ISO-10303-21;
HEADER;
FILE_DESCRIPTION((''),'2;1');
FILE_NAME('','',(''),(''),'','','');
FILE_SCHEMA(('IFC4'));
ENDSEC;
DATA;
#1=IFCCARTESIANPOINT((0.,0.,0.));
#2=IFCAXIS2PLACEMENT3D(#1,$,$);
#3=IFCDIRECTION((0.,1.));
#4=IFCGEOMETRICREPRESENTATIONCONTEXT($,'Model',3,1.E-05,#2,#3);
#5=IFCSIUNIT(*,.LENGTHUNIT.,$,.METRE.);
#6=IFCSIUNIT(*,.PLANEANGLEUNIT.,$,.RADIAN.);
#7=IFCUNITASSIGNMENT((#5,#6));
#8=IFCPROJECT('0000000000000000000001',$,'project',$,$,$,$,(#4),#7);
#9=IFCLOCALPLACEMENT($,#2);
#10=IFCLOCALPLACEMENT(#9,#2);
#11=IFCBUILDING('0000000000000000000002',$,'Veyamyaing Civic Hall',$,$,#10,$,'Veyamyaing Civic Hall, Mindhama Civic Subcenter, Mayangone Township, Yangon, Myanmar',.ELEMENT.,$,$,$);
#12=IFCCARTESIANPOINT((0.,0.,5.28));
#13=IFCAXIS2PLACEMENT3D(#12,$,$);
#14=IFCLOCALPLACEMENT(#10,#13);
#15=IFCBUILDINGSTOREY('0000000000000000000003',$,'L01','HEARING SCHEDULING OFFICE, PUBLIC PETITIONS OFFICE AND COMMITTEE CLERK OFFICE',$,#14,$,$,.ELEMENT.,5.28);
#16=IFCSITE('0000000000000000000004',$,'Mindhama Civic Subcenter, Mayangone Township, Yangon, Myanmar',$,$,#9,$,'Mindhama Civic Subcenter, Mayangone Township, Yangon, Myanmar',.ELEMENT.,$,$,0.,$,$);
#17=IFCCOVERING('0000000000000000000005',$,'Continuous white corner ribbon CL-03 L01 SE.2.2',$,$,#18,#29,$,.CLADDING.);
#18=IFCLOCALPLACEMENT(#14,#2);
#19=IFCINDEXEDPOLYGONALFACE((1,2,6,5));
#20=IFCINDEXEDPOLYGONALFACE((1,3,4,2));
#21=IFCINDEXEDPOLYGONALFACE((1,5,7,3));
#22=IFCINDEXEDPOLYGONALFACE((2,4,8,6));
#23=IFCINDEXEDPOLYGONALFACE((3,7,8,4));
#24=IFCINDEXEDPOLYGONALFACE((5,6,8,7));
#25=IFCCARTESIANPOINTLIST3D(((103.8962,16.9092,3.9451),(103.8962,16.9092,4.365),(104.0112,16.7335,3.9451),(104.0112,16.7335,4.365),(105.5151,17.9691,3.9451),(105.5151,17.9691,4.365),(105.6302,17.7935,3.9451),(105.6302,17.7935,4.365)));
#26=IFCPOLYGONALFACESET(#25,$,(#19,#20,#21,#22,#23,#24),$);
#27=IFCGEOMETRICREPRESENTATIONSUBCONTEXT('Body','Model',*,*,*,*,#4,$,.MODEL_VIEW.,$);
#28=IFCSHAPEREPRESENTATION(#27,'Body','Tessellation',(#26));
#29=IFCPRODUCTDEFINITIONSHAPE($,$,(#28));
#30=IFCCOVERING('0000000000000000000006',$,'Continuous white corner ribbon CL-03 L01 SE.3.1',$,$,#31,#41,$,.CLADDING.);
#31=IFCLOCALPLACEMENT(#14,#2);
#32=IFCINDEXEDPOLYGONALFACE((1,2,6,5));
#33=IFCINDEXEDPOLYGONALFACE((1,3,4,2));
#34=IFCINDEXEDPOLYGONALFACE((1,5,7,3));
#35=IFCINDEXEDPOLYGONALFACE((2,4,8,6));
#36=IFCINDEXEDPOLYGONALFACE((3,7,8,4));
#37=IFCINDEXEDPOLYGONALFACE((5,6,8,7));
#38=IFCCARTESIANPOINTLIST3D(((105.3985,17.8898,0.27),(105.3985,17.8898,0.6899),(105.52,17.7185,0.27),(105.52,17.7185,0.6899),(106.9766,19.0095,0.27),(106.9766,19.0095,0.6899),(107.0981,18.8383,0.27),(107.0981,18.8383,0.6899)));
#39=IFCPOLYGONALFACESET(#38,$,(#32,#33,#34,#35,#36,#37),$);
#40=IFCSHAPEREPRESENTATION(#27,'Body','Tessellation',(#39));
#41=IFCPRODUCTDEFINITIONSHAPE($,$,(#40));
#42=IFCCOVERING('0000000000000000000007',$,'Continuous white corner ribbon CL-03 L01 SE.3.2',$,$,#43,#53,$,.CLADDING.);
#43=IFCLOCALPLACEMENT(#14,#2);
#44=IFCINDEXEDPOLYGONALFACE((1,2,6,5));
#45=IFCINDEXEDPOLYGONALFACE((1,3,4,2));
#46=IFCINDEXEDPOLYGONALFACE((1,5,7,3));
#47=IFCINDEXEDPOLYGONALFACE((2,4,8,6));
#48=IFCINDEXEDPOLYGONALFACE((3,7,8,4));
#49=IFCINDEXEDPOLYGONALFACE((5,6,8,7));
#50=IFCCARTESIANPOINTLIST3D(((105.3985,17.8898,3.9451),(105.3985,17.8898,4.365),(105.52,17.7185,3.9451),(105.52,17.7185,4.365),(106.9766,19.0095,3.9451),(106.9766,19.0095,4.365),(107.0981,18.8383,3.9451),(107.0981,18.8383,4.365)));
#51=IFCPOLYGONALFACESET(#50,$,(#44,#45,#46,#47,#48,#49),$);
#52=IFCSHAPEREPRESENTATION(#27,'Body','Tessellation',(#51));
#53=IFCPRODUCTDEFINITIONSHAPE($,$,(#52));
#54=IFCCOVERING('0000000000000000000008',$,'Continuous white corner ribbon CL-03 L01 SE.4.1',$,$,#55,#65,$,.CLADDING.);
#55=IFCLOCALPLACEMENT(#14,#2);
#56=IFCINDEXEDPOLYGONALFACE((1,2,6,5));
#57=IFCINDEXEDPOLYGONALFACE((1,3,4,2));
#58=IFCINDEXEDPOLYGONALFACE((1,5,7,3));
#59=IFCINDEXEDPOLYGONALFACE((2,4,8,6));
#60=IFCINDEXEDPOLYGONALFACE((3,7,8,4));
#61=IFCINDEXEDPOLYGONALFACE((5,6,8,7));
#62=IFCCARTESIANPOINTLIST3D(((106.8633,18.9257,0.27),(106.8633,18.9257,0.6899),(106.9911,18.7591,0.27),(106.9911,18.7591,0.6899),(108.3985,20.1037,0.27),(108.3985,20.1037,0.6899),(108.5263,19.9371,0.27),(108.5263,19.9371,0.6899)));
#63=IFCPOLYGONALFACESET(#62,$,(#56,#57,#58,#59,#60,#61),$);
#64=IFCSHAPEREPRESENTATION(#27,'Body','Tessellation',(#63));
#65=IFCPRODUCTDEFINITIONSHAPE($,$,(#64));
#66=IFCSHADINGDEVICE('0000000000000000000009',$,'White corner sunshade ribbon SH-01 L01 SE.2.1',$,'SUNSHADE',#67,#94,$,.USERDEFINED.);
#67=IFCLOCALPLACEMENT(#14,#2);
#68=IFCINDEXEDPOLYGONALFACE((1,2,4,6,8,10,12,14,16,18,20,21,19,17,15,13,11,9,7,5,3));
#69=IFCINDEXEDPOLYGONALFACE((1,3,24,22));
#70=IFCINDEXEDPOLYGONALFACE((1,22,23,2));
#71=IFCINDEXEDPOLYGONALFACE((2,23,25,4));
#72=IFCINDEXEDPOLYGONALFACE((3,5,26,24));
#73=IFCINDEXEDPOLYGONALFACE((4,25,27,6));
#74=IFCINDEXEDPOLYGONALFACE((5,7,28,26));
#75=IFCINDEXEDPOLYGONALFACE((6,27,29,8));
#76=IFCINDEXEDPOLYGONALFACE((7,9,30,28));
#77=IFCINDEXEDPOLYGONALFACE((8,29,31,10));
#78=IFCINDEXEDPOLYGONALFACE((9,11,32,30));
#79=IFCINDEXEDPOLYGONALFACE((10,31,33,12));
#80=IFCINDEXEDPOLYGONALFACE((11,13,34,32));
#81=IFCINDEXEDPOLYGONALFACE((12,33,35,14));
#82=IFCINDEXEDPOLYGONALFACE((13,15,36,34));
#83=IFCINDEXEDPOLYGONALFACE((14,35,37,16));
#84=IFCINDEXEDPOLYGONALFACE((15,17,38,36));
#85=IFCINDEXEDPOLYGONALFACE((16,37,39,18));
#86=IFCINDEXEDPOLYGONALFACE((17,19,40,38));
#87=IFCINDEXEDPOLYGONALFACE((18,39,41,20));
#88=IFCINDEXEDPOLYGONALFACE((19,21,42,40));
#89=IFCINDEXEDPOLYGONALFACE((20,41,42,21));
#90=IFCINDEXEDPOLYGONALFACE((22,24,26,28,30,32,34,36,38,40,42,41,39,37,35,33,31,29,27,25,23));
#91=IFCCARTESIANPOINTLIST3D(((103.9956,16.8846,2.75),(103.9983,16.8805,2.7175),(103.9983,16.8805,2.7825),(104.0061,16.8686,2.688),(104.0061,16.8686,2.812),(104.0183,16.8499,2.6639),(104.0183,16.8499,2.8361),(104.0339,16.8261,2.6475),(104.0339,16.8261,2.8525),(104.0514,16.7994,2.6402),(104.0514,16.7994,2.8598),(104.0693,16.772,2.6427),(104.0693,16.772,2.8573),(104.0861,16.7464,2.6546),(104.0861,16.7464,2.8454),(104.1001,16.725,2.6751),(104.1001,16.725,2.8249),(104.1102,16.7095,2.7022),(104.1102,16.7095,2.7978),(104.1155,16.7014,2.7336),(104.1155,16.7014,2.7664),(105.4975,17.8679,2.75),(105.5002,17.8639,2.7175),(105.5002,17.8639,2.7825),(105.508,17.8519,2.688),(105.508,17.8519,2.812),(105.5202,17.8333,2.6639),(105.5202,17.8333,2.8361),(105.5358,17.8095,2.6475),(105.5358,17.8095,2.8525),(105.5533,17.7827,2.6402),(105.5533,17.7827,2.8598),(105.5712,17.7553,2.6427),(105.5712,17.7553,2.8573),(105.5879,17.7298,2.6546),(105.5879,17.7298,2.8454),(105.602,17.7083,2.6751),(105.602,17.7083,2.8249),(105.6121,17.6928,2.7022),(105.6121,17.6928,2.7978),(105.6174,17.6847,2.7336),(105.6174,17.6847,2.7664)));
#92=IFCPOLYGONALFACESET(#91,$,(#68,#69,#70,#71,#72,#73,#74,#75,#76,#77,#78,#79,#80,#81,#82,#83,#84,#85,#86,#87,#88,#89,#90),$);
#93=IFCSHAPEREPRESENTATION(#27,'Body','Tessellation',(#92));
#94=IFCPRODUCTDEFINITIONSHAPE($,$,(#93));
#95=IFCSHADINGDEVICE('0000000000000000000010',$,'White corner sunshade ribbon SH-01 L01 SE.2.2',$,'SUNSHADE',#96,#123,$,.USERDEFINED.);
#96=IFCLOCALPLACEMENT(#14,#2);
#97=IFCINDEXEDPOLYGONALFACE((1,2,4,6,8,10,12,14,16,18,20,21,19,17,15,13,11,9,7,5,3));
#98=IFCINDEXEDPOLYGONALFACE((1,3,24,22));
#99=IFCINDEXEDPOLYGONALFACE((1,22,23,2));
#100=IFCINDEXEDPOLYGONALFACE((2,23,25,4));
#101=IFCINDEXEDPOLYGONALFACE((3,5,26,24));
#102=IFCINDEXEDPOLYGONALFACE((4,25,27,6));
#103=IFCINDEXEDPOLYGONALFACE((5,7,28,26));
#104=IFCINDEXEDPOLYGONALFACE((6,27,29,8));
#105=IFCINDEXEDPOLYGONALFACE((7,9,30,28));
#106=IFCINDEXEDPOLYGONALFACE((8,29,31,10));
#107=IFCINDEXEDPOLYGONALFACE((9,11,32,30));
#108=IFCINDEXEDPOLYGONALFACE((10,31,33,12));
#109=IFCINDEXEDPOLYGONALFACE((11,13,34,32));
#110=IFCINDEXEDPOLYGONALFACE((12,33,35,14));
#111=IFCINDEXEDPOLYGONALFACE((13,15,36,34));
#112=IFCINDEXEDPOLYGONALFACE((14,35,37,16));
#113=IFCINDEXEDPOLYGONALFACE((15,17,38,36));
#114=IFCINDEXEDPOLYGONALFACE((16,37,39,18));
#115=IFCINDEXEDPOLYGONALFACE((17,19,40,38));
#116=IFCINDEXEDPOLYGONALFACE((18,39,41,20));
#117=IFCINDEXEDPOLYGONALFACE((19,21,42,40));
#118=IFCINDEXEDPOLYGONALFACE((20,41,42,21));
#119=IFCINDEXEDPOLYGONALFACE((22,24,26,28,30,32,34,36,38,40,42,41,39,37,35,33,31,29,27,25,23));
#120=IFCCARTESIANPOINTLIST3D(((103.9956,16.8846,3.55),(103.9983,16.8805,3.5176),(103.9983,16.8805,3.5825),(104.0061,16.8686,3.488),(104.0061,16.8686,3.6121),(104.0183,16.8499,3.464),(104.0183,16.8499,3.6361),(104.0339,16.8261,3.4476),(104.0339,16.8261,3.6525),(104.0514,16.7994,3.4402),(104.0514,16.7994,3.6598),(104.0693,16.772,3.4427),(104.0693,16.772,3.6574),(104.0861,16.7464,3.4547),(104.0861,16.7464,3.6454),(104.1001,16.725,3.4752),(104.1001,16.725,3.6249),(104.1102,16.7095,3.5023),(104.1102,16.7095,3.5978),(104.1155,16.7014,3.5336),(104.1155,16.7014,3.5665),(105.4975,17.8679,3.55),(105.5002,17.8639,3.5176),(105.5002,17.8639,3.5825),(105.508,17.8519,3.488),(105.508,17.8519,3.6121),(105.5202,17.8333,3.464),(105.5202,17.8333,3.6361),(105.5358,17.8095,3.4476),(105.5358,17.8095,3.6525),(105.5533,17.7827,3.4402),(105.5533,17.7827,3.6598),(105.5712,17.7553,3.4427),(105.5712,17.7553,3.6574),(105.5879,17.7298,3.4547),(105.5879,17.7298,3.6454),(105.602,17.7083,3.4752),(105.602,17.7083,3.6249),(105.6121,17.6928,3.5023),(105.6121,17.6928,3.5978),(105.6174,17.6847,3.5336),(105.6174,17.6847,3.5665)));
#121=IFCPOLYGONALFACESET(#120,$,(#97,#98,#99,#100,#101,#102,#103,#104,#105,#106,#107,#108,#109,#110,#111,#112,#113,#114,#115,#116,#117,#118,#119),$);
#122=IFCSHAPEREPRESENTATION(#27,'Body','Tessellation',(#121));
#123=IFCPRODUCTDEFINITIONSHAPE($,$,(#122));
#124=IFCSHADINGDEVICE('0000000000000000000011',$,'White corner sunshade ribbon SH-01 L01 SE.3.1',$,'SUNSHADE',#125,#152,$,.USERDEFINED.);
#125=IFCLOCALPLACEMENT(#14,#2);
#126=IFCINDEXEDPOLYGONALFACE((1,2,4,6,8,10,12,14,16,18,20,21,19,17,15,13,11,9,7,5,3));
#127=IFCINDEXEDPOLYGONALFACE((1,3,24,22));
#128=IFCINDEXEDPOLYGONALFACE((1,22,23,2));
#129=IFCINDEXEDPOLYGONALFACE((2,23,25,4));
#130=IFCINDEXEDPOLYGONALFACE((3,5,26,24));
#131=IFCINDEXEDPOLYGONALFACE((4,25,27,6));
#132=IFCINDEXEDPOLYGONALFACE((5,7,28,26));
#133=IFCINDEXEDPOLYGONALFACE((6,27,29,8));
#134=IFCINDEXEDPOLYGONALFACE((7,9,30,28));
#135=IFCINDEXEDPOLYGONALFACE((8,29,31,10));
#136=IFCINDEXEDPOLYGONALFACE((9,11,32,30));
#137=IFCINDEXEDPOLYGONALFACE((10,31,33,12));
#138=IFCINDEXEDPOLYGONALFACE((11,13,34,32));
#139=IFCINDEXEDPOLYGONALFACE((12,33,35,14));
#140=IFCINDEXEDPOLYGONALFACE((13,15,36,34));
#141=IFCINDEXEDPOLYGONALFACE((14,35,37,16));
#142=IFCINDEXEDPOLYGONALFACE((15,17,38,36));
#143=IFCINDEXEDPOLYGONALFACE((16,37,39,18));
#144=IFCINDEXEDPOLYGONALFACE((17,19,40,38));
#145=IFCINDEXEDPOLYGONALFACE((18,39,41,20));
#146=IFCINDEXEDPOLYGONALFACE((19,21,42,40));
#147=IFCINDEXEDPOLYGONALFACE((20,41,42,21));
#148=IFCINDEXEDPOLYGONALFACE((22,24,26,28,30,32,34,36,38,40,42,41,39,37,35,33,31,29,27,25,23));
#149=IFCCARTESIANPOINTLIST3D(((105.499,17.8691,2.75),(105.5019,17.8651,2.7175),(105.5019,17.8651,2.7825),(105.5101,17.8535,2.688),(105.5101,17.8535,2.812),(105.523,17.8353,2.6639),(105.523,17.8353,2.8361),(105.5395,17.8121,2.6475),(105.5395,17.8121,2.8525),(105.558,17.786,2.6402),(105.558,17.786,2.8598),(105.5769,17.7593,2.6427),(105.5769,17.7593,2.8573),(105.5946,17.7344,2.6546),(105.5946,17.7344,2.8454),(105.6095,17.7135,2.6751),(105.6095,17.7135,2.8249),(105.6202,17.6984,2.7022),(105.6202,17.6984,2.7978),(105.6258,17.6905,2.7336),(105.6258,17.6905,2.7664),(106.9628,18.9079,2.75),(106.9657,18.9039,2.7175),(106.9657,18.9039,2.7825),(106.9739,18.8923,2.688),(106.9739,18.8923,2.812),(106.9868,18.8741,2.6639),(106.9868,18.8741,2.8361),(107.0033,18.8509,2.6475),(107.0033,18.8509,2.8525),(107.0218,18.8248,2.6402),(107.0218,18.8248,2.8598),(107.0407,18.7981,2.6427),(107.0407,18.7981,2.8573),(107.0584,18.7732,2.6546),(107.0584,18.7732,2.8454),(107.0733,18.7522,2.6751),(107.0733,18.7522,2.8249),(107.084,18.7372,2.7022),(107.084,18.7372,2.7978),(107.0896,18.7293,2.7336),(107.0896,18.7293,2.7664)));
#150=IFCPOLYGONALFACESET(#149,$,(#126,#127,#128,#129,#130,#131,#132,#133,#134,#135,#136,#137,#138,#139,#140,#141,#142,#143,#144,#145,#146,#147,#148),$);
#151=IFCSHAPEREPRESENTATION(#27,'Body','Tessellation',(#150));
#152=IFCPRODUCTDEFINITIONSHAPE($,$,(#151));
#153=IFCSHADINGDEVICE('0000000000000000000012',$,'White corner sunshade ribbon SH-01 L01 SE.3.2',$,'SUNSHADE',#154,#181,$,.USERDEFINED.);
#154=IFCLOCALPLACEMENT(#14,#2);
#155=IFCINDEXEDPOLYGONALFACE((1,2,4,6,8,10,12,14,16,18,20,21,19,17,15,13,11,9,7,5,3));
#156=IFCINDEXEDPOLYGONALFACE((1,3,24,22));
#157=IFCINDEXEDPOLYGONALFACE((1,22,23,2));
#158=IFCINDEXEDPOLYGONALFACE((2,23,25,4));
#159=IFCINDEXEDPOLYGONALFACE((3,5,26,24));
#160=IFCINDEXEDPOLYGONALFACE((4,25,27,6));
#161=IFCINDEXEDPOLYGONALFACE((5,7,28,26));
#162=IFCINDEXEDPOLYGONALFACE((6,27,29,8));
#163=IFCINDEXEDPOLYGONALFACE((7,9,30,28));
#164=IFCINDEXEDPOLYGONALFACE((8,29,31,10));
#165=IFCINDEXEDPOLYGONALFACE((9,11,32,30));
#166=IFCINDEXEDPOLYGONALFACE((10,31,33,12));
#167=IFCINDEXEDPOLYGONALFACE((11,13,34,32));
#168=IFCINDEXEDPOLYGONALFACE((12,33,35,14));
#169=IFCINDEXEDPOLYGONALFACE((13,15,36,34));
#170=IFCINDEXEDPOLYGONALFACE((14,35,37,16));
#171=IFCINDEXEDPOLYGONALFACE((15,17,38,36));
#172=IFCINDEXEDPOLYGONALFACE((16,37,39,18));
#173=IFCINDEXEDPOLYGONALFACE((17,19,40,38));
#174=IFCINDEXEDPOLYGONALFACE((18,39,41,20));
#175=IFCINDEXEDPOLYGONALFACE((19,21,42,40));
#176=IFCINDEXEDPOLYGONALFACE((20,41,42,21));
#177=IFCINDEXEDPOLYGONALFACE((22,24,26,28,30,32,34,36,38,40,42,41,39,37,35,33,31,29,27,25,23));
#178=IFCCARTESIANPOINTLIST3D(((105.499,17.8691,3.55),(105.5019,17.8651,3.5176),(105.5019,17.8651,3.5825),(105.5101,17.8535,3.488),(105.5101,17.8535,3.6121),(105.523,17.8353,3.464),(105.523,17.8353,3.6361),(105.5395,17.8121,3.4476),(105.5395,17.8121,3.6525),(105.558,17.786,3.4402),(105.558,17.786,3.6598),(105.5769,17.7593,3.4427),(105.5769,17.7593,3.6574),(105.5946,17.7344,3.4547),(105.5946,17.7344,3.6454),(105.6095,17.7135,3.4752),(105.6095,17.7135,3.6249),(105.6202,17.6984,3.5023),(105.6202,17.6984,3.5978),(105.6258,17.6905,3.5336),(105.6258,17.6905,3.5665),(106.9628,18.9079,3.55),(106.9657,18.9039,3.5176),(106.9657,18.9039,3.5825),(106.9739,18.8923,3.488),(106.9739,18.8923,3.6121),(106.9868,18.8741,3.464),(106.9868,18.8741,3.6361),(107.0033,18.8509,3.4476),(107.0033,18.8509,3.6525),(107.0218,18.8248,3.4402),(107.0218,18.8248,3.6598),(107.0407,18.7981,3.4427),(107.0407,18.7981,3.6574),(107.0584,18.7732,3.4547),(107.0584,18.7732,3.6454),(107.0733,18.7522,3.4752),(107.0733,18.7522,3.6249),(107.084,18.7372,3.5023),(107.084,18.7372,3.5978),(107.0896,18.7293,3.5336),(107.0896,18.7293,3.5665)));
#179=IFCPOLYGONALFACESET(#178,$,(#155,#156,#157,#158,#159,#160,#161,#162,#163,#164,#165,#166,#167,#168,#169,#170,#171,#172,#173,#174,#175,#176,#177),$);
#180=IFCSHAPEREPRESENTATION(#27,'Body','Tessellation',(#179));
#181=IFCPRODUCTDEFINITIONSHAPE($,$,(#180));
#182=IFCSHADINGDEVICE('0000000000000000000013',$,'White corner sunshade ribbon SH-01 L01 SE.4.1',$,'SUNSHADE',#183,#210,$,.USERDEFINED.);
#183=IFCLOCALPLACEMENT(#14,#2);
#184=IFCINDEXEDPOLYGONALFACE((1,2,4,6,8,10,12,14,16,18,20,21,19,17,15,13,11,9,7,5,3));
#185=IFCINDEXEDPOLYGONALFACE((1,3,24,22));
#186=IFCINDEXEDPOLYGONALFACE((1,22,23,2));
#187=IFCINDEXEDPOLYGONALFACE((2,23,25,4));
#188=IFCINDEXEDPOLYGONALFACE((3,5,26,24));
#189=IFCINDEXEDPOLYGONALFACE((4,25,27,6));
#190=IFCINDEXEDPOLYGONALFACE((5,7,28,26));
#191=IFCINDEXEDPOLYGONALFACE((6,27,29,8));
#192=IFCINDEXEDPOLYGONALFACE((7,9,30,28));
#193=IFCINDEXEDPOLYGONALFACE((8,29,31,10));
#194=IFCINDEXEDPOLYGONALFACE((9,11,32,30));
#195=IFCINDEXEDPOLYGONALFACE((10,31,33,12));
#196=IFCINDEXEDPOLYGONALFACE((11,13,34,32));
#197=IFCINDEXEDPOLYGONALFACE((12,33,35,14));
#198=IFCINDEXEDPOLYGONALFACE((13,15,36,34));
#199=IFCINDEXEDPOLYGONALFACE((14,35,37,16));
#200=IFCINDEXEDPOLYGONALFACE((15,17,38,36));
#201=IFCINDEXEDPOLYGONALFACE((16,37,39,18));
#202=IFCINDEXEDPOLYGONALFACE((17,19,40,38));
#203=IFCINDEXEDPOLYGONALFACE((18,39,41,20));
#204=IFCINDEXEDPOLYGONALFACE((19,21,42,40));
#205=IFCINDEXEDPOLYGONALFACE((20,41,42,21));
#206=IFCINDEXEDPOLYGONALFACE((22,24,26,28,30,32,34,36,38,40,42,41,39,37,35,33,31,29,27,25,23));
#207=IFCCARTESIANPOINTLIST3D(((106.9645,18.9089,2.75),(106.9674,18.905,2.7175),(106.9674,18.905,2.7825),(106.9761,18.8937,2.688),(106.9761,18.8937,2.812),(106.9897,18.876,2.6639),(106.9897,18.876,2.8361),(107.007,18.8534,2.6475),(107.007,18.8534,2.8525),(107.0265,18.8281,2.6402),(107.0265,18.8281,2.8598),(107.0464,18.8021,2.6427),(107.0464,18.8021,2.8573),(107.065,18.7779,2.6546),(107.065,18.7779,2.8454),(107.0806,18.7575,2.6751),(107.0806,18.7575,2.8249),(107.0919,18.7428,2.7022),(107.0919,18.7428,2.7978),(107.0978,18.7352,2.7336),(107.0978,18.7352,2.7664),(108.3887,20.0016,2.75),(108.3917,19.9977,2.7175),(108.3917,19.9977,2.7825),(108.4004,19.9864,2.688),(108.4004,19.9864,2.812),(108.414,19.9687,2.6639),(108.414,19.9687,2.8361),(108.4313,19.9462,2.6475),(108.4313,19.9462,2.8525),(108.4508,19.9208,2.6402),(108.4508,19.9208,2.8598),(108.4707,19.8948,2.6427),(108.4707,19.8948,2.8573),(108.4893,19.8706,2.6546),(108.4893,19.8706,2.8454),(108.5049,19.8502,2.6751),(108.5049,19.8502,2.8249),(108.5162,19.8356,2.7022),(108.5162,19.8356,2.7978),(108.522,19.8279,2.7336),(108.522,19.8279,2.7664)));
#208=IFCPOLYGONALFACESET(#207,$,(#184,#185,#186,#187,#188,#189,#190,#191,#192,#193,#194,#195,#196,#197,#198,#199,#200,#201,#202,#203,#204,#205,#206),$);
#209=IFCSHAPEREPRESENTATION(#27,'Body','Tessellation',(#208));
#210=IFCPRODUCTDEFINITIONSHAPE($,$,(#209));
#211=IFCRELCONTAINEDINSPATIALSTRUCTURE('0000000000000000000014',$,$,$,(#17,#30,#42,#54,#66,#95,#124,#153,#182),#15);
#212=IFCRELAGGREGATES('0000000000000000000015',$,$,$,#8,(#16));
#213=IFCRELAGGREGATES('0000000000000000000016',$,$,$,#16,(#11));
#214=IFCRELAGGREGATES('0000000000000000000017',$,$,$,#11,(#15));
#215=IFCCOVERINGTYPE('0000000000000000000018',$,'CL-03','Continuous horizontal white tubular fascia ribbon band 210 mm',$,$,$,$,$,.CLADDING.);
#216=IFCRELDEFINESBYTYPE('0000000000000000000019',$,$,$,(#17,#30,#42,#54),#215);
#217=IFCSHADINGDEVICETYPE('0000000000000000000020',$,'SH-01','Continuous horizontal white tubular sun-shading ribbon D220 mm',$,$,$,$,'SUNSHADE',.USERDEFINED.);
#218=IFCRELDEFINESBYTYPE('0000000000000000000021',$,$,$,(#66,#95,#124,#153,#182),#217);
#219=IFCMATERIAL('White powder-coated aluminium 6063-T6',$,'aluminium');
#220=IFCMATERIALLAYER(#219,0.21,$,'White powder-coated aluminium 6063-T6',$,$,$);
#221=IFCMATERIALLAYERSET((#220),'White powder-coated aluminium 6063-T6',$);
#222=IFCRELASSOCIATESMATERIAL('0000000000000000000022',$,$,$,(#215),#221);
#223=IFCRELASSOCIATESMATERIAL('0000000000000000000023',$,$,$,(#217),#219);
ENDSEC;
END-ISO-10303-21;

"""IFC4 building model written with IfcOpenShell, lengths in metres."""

from ifc_helpers import new_model, si_unit, direction, frame, origin, origin_2d, place, context, subcontext, project, spatial, rectangle, circle, extrude, material, layer, layer_set, material_profile, profile_set, type_object, element, save


model = new_model("IFC4")

# Units and contexts
model_context = context("Model", 3, precision=1e-05, world=origin(), true_north=direction((0.0, 1.0)))
body_context = subcontext(model_context, "Body", "Model", "MODEL_VIEW")
ifc_project = project(units=[si_unit("LENGTHUNIT", "METRE"), si_unit("PLANEANGLEUNIT", "RADIAN")], contexts=[model_context])

# Site, building, storey
site_placement = place(None, origin())
site = spatial("IfcSite", under=ifc_project, at=site_placement, Name="Mindhama Civic Subcenter, Mayangone Township, Yangon, Myanmar", LongName="Mindhama Civic Subcenter, Mayangone Township, Yangon, Myanmar", CompositionType="ELEMENT", RefElevation=0.0)
building_placement = place(site_placement, origin())
building = spatial("IfcBuilding", under=site, at=building_placement, Name="Veyamyaing Civic Hall", LongName="Veyamyaing Civic Hall, Mindhama Civic Subcenter, Mayangone Township, Yangon, Myanmar", CompositionType="ELEMENT")
storey_placement = place(building_placement, frame((0.0, 0.0, 5.28)))
storey = spatial("IfcBuildingStorey", under=building, at=storey_placement, Name="L01", Description="HEARING SCHEDULING OFFICE, PUBLIC PETITIONS OFFICE AND COMMITTEE CLERK OFFICE", CompositionType="ELEMENT", Elevation=5.28)

# Coverings
ifc_material_1 = material(Name="White powder-coated aluminium 6063-T6", Category="aluminium")
ifc_layer_1 = layer(ifc_material_1, 0.21, Name="White powder-coated aluminium 6063-T6")
ifc_layer_set_1 = layer_set([ifc_layer_1], Name="White powder-coated aluminium 6063-T6")
covering_type = type_object("IfcCoveringType", Name="CL-03", Description="Continuous horizontal white tubular fascia ribbon band 210 mm", PredefinedType="CLADDING", material=ifc_layer_set_1)
for number, where, z_axis, x_axis, name in (
    (1, (104.7632, 17.3513, 3.9451), (0.0, 0.0, 1.0), (0.836628, 0.547772, 0.0), "Continuous white corner ribbon CL-03 L01 SE.2.2"),
    (2, (106.2483, 18.364, 0.27), (0.0, 0.0, 1.0), (0.815561, 0.578671, 0.0), "Continuous white corner ribbon CL-03 L01 SE.3.1"),
    (3, (106.2483, 18.364, 3.9451), (0.0, 0.0, 1.0), (0.815561, 0.578671, 0.0), "Continuous white corner ribbon CL-03 L01 SE.3.2"),
    (4, (107.6948, 19.4314, 0.27), (0.0, 0.0, 1.0), (0.793353, 0.608761, 0.0), "Continuous white corner ribbon CL-03 L01 SE.4.1"),
):
    element("IfcCovering", number, at=place(storey_placement, frame(where, z_axis=z_axis, x_axis=x_axis)), inside=storey, type_object=covering_type, Name=name, PredefinedType="CLADDING", context=body_context, shape_type="SweptSolid", body=[
        extrude(rectangle(XDim=1.9351, YDim=0.21, at=origin_2d()), origin(), (0.0, 0.0, 1.0), 0.4199),
    ])

# Shading devices
ifc_material_profile_1 = material_profile(ifc_material_1, circle(Radius=0.1101, at=origin_2d()), Name="SHADE-TUBE-220")
ifc_profile_set_1 = profile_set([ifc_material_profile_1], Name="White powder-coated aluminium 6063-T6")
shading_device_type = type_object("IfcShadingDeviceType", Name="SH-01", Description="Continuous horizontal white tubular sun-shading ribbon D220 mm", ElementType="SUNSHADE", PredefinedType="USERDEFINED", material=ifc_profile_set_1)
for number, where, z_axis, x_axis, name in (
    (5, (104.0559, 16.7925, 2.75), (0.836624, 0.547777, 0.0), (-0.547777, 0.836624, 0.0), "White corner sunshade ribbon SH-01 L01 SE.2.1"),
    (6, (104.0559, 16.7925, 3.55), (0.836624, 0.547777, 0.0), (-0.547777, 0.836624, 0.0), "White corner sunshade ribbon SH-01 L01 SE.2.2"),
):
    element("IfcShadingDevice", number, at=place(storey_placement, frame(where, z_axis=z_axis, x_axis=x_axis)), inside=storey, type_object=shading_device_type, Name=name, ObjectType="SUNSHADE", PredefinedType="USERDEFINED", context=body_context, shape_type="SweptSolid", body=[
        extrude(circle(Radius=0.1101, at=origin_2d()), origin(), (0.0, 0.0, 1.0), 1.7952),
    ])
for number, where, z_axis, x_axis, name in (
    (7, (105.5627, 17.7793, 2.75), (0.815522, 0.578727, 0.0), (-0.578727, 0.815522, 0.0), "White corner sunshade ribbon SH-01 L01 SE.3.1"),
    (8, (105.5627, 17.7793, 3.55), (0.815522, 0.578727, 0.0), (-0.578727, 0.815522, 0.0), "White corner sunshade ribbon SH-01 L01 SE.3.2"),
):
    element("IfcShadingDevice", number, at=place(storey_placement, frame(where, z_axis=z_axis, x_axis=x_axis)), inside=storey, type_object=shading_device_type, Name=name, ObjectType="SUNSHADE", PredefinedType="USERDEFINED", context=body_context, shape_type="SweptSolid", body=[
        extrude(circle(Radius=0.1101, at=origin_2d()), origin(), (0.0, 0.0, 1.0), 1.7949),
    ])
for number, where, z_axis, x_axis, name in (
    (9, (107.0315, 18.8215, 2.75), (0.793392, 0.608711, 0.0), (-0.608711, 0.793392, 0.0), "White corner sunshade ribbon SH-01 L01 SE.4.1"),
):
    element("IfcShadingDevice", number, at=place(storey_placement, frame(where, z_axis=z_axis, x_axis=x_axis)), inside=storey, type_object=shading_device_type, Name=name, ObjectType="SUNSHADE", PredefinedType="USERDEFINED", context=body_context, shape_type="SweptSolid", body=[
        extrude(circle(Radius=0.1101, at=origin_2d()), origin(), (0.0, 0.0, 1.0), 1.7952),
    ])

save(model, "model.ifc")
